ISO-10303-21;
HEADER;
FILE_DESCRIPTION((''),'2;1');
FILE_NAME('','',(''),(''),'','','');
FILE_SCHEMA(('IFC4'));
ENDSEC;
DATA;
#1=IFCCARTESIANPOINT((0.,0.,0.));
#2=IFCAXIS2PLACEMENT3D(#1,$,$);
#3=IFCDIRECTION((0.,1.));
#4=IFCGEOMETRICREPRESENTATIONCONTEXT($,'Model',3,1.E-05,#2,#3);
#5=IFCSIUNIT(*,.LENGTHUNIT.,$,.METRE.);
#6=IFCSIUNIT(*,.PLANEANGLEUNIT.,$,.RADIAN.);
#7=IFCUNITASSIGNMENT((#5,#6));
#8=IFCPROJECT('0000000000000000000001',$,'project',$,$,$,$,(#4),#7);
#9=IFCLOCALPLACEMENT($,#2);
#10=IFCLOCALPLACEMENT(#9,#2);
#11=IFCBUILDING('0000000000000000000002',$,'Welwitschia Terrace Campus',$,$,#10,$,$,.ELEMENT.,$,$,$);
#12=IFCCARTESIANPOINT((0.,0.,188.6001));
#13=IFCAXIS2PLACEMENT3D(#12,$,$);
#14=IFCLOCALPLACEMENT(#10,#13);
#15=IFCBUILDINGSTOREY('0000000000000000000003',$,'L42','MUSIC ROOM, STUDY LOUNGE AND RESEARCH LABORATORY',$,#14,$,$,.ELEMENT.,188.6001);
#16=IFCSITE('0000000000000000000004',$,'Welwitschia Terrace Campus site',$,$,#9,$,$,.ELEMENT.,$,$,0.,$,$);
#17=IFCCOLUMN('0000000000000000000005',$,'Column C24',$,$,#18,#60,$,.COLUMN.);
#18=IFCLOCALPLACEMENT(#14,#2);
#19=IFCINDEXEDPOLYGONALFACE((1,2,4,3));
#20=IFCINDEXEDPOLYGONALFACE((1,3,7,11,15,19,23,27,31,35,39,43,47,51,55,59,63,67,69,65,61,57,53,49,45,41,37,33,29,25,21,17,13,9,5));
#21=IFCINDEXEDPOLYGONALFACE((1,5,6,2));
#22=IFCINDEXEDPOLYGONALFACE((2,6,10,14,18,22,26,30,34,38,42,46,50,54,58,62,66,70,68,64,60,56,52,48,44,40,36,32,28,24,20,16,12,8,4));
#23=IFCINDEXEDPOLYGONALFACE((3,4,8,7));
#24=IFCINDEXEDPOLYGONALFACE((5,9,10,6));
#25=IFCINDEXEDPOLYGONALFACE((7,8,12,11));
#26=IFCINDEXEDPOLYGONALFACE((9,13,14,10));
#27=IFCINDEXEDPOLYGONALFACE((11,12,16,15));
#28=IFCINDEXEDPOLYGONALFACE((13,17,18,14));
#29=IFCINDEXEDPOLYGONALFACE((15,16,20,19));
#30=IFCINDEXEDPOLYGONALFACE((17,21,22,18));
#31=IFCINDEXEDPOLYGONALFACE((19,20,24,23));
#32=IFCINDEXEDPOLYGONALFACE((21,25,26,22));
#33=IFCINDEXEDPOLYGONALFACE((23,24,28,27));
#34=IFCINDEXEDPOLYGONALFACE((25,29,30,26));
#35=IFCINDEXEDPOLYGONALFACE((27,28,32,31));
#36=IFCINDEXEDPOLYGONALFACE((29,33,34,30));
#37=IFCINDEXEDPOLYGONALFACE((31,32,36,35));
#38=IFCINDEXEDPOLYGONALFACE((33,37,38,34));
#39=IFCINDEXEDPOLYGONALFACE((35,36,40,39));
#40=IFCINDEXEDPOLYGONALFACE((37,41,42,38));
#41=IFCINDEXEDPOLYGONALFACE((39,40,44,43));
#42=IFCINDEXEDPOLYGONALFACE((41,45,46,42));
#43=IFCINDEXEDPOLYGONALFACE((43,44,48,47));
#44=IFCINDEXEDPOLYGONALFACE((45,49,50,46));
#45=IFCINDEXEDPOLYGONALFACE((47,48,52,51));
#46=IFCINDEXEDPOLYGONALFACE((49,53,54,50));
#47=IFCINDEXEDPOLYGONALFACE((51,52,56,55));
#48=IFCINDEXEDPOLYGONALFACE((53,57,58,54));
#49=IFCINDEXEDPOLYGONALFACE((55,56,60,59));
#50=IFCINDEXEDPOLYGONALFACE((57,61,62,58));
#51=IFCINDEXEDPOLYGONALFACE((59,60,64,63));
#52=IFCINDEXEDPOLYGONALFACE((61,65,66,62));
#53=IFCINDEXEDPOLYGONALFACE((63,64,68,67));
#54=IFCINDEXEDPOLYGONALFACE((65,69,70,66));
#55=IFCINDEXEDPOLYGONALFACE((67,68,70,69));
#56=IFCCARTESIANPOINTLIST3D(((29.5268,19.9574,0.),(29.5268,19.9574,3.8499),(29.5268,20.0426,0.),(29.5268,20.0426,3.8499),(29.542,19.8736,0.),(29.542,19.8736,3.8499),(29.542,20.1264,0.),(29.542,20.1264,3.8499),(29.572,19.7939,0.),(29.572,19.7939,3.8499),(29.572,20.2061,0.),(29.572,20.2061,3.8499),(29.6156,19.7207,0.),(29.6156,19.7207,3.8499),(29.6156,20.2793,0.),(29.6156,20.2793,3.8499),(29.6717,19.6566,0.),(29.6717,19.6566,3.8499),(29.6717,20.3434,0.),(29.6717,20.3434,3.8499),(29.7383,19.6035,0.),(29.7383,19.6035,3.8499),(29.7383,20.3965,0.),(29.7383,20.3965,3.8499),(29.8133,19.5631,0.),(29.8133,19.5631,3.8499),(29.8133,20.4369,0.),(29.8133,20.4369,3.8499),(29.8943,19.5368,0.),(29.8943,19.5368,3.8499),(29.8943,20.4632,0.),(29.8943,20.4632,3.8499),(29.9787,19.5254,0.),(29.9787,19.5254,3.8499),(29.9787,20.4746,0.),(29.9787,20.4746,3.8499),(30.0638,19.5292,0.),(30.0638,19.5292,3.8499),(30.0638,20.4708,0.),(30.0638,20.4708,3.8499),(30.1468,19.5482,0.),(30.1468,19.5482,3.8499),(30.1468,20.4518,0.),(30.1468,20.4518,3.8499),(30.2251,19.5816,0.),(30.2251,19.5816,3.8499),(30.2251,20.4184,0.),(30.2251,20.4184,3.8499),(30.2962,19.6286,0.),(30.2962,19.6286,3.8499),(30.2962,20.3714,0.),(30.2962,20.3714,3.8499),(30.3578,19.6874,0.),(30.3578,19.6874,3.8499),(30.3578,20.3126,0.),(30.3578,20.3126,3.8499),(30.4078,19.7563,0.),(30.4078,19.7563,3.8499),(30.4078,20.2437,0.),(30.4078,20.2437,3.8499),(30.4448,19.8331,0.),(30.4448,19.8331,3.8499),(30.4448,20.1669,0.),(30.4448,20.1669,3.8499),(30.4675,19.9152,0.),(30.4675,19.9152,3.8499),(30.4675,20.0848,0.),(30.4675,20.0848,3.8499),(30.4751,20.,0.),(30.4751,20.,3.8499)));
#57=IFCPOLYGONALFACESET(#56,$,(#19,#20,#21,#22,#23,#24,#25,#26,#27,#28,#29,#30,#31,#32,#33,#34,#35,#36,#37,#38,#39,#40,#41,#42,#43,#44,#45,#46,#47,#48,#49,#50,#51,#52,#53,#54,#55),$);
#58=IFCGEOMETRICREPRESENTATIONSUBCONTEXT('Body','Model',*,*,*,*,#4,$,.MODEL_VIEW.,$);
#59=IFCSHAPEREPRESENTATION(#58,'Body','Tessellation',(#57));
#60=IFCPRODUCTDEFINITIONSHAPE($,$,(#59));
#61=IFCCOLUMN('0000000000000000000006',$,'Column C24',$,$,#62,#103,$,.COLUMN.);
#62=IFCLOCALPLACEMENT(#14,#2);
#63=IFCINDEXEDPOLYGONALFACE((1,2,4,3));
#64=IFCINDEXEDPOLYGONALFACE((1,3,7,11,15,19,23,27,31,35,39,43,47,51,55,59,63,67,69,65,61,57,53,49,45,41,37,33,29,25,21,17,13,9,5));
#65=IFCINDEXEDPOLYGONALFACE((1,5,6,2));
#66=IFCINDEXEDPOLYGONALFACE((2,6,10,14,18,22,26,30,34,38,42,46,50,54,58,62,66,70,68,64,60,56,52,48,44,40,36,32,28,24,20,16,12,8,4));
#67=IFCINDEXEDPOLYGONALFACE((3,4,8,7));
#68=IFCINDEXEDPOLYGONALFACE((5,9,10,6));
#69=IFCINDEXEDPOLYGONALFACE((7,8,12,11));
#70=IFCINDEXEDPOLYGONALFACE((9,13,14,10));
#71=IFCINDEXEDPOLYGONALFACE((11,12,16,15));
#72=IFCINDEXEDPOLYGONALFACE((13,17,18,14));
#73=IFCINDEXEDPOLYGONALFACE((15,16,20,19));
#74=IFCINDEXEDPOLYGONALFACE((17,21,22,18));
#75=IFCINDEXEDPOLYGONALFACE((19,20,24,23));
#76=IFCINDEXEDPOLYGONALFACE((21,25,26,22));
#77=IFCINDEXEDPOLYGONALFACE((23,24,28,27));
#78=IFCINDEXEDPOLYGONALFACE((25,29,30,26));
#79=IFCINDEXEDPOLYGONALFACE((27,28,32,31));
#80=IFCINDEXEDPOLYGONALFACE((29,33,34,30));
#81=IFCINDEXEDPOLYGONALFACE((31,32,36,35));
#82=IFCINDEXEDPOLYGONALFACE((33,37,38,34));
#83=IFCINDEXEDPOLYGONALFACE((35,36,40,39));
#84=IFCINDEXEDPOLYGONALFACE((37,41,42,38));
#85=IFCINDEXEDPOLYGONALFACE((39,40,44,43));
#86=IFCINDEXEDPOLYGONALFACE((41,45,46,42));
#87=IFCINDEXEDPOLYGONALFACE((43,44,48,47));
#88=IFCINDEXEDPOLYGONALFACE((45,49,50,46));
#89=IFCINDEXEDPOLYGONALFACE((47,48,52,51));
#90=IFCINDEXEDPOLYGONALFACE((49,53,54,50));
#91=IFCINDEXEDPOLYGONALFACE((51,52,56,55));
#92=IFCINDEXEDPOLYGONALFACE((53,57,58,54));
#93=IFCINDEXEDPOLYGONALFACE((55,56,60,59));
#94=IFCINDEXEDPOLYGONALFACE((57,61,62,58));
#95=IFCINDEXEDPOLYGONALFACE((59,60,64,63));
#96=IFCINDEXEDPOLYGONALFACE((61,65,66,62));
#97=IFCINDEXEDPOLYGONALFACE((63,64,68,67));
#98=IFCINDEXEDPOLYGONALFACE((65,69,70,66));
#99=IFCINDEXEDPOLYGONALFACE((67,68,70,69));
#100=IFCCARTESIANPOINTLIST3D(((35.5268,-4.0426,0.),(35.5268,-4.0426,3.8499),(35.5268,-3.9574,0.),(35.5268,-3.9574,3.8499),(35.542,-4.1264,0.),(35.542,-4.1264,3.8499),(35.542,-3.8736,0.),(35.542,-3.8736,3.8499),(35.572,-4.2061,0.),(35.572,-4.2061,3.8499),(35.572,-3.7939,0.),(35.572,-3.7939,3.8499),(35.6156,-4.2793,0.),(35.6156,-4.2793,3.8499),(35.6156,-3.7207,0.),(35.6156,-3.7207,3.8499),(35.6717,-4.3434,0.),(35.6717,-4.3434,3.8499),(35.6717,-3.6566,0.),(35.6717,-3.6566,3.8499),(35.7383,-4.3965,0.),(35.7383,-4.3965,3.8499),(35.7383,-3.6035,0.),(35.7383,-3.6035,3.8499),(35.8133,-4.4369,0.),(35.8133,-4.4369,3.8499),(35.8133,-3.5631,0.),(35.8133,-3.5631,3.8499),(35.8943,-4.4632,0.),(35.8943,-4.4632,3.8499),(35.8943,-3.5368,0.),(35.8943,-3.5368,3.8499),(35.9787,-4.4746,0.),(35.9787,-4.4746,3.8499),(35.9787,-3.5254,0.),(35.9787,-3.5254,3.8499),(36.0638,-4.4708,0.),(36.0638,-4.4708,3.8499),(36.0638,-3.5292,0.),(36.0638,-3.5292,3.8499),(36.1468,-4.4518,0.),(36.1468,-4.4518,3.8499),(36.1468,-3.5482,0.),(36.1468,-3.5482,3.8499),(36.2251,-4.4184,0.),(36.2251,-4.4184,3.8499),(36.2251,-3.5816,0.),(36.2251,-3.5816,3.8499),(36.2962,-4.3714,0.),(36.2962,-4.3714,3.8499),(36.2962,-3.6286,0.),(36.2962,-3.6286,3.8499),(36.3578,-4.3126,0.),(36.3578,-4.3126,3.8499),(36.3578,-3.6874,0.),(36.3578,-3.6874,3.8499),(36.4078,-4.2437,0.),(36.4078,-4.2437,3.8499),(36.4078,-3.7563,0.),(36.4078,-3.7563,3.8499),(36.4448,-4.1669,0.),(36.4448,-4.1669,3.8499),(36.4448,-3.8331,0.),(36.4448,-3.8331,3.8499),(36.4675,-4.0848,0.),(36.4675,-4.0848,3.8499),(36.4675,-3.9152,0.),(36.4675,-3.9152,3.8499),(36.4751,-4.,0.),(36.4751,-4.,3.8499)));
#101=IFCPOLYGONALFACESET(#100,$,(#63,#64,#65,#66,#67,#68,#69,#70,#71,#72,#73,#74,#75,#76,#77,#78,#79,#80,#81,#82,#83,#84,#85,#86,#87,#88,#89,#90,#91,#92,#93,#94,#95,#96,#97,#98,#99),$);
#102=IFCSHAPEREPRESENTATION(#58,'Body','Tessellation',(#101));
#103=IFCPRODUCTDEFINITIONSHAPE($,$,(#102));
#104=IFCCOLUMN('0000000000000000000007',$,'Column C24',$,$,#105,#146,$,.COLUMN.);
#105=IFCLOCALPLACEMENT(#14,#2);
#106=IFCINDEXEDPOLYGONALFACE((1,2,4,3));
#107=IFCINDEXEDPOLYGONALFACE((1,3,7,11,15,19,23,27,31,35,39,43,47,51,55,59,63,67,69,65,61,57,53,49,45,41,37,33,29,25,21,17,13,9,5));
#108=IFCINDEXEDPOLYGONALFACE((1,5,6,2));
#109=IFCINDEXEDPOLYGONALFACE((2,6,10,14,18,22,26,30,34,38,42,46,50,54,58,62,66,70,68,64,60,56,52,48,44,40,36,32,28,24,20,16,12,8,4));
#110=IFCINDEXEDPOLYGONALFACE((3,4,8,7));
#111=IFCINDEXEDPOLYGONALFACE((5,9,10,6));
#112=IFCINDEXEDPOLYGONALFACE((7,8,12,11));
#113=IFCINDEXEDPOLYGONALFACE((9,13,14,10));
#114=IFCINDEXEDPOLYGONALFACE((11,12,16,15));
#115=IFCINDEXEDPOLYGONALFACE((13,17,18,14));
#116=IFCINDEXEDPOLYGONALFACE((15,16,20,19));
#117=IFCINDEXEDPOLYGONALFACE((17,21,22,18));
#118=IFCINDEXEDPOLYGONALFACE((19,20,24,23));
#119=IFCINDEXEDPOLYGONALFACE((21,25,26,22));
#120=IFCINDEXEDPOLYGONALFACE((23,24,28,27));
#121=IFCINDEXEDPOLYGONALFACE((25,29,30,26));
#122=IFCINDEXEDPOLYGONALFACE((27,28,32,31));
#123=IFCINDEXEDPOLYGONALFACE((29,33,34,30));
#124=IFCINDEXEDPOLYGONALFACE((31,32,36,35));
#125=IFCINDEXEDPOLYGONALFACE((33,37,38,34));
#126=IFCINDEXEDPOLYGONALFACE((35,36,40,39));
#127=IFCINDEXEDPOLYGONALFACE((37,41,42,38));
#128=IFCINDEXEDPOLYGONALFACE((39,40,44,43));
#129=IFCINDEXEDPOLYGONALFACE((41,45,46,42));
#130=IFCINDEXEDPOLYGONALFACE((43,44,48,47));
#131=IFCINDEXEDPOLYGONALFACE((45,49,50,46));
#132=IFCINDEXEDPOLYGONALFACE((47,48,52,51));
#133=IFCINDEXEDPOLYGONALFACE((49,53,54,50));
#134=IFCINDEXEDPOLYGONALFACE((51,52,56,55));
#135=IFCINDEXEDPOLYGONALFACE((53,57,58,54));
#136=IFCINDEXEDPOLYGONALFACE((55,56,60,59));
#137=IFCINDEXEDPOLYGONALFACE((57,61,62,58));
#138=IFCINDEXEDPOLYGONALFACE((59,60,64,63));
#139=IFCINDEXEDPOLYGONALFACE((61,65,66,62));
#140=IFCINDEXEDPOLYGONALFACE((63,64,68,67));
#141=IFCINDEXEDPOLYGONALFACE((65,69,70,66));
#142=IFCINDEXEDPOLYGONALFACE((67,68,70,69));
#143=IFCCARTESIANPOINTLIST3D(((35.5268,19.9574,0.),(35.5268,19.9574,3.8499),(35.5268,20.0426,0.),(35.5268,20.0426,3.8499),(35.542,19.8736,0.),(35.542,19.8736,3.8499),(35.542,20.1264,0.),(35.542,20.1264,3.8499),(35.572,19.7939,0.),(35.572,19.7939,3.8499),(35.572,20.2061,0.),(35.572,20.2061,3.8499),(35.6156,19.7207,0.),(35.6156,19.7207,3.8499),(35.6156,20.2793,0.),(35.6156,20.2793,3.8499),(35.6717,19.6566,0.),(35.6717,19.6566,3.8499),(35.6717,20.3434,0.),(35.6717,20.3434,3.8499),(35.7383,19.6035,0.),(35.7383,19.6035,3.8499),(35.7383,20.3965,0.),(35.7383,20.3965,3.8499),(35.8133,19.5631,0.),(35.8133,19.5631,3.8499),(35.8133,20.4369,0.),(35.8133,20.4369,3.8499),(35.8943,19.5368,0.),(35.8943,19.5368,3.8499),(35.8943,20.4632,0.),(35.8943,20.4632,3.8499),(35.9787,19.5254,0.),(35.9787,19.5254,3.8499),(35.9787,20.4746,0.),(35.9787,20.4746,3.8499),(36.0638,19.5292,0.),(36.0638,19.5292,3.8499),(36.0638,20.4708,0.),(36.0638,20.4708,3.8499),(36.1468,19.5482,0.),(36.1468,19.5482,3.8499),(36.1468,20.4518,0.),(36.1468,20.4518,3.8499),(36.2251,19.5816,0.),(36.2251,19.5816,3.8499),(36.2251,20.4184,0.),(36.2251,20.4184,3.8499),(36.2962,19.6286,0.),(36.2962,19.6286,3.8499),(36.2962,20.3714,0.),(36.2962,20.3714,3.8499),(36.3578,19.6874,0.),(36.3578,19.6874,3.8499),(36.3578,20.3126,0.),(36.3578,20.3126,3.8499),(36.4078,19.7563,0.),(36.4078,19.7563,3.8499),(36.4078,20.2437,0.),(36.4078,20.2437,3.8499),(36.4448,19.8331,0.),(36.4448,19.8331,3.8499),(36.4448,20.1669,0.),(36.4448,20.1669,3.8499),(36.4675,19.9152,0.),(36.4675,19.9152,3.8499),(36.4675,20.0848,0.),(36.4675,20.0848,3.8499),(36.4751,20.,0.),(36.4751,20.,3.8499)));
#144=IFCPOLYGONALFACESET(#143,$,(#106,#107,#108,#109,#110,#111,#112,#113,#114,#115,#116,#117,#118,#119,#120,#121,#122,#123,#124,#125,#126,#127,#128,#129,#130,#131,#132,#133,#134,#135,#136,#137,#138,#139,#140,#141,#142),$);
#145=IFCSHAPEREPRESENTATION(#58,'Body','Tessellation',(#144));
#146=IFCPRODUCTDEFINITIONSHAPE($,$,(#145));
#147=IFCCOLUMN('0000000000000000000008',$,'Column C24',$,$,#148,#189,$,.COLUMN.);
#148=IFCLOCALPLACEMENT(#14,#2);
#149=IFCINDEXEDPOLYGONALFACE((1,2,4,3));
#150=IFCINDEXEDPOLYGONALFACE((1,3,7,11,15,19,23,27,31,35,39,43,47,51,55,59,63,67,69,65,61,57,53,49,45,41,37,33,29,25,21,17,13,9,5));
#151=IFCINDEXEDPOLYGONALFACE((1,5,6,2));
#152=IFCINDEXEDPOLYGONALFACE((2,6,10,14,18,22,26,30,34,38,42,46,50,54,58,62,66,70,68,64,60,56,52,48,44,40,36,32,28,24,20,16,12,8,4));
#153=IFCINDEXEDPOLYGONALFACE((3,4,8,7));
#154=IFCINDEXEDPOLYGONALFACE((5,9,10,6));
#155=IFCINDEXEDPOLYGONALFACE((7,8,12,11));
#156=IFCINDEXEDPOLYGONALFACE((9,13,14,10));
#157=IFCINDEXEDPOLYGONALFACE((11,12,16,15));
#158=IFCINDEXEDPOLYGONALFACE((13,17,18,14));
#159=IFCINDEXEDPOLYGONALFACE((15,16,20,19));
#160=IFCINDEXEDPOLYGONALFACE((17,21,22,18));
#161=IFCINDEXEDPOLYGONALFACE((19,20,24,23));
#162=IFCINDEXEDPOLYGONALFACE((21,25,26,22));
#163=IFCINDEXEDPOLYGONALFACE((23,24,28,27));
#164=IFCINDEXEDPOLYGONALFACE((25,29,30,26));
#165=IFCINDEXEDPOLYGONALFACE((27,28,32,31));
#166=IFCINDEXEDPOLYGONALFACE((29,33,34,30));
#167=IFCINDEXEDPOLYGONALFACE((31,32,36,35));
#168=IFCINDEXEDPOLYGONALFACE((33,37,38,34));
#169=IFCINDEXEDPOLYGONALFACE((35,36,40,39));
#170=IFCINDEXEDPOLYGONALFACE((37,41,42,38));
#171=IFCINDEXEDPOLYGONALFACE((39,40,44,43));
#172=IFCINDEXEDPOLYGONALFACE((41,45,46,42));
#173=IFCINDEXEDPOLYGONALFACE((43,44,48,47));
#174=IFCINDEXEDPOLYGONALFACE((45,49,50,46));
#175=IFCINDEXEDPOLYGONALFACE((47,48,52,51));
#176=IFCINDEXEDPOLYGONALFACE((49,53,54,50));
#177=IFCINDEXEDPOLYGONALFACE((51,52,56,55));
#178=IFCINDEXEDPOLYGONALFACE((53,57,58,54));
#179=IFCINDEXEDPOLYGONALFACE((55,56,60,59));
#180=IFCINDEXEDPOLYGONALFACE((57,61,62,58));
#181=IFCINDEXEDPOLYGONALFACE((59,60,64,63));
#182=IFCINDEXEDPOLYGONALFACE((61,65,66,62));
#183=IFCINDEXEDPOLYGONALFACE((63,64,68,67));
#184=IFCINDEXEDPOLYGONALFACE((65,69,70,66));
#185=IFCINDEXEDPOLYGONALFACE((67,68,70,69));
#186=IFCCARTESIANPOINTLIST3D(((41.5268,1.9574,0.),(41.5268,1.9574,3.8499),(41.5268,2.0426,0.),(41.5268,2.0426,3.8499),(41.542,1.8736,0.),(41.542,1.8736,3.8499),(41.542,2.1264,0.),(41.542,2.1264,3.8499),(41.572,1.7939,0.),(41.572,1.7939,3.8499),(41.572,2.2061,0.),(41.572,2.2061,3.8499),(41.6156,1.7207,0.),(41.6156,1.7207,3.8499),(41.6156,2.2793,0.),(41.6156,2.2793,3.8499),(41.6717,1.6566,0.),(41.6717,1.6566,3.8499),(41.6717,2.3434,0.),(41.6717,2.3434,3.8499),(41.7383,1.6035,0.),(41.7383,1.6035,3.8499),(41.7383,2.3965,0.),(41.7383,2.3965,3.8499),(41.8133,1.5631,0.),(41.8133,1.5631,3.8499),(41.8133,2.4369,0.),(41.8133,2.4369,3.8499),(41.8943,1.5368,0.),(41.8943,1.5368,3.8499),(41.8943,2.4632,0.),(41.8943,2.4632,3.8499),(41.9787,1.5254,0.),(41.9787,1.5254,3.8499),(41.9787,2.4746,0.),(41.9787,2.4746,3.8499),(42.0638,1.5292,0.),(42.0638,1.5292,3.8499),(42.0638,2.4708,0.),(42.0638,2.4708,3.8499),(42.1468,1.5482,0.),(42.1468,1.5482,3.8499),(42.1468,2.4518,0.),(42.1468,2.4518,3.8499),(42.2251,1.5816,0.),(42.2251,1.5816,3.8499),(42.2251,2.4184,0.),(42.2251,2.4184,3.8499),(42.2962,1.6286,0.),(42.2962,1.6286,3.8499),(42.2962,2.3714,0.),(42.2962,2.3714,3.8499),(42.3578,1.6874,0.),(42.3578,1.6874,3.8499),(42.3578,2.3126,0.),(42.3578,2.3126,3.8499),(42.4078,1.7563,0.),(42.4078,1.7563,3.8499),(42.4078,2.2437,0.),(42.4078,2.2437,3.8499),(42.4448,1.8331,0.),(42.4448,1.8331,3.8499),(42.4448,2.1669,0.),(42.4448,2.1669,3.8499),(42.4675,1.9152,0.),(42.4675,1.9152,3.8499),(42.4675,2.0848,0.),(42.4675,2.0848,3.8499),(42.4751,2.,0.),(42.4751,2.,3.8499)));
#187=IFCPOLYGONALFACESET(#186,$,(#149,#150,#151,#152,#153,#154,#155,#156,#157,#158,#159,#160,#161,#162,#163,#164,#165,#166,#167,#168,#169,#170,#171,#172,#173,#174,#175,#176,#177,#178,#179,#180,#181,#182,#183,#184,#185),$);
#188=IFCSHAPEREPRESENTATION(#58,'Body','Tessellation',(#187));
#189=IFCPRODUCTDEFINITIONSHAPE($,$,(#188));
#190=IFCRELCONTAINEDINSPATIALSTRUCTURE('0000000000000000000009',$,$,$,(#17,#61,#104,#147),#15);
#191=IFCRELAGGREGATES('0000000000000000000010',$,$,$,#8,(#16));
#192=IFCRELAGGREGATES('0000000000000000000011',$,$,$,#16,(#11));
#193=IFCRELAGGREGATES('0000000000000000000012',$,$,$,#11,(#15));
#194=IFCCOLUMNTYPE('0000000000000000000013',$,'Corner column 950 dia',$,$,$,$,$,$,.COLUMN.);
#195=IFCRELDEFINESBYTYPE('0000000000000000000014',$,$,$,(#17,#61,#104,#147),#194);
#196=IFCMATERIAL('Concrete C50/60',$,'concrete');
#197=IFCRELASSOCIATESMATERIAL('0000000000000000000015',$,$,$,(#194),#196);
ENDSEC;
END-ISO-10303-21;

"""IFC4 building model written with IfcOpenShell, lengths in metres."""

from ifc_helpers import new_model, si_unit, direction, frame, origin, origin_2d, place, context, subcontext, project, spatial, circle, extrude, material, material_profile, profile_set, type_object, element, save


model = new_model("IFC4")

# Units and contexts
model_context = context("Model", 3, precision=1e-05, world=origin(), true_north=direction((0.0, 1.0)))
body_context = subcontext(model_context, "Body", "Model", "MODEL_VIEW")
ifc_project = project(units=[si_unit("LENGTHUNIT", "METRE"), si_unit("PLANEANGLEUNIT", "RADIAN")], contexts=[model_context])

# Site, building, storey
site_placement = place(None, origin())
site = spatial("IfcSite", under=ifc_project, at=site_placement, Name="Welwitschia Terrace Campus site", CompositionType="ELEMENT", RefElevation=0.0)
building_placement = place(site_placement, origin())
building = spatial("IfcBuilding", under=site, at=building_placement, Name="Welwitschia Terrace Campus", CompositionType="ELEMENT")
storey_placement = place(building_placement, frame((0.0, 0.0, 188.6001)))
storey = spatial("IfcBuildingStorey", under=building, at=storey_placement, Name="L42", Description="MUSIC ROOM, STUDY LOUNGE AND RESEARCH LABORATORY", CompositionType="ELEMENT", Elevation=188.6001)

# Columns
ifc_material_1 = material(Name="Concrete C50/60", Category="concrete")
ifc_material_profile_1 = material_profile(ifc_material_1, circle(Radius=0.4751, at=origin_2d()))
ifc_profile_set_1 = profile_set([ifc_material_profile_1], Name="Concrete C50/60")
column_type_1 = type_object("IfcColumnType", Name="Corner column 950 dia", PredefinedType="COLUMN", material=ifc_profile_set_1)
for number, where, z_axis, x_axis, name in (
    (1, (30.0, 20.0, 0.0), (0.0, 0.0, 1.0), (1.0, 0.0, 0.0), "Column C24"),
    (2, (36.0, -4.0, 0.0), (0.0, 0.0, 1.0), (1.0, 0.0, 0.0), "Column C24"),
    (3, (36.0, 20.0, 0.0), (0.0, 0.0, 1.0), (1.0, 0.0, 0.0), "Column C24"),
    (4, (42.0, 2.0, 0.0), (0.0, 0.0, 1.0), (1.0, 0.0, 0.0), "Column C24"),
):
    element("IfcColumn", number, at=place(storey_placement, frame(where, z_axis=z_axis, x_axis=x_axis)), inside=storey, type_object=column_type_1, Name=name, PredefinedType="COLUMN", context=body_context, shape_type="SweptSolid", body=[
        extrude(circle(Radius=0.4751, at=origin_2d()), origin(), (0.0, 0.0, 1.0), 3.8499),
    ])

save(model, "model.ifc")
